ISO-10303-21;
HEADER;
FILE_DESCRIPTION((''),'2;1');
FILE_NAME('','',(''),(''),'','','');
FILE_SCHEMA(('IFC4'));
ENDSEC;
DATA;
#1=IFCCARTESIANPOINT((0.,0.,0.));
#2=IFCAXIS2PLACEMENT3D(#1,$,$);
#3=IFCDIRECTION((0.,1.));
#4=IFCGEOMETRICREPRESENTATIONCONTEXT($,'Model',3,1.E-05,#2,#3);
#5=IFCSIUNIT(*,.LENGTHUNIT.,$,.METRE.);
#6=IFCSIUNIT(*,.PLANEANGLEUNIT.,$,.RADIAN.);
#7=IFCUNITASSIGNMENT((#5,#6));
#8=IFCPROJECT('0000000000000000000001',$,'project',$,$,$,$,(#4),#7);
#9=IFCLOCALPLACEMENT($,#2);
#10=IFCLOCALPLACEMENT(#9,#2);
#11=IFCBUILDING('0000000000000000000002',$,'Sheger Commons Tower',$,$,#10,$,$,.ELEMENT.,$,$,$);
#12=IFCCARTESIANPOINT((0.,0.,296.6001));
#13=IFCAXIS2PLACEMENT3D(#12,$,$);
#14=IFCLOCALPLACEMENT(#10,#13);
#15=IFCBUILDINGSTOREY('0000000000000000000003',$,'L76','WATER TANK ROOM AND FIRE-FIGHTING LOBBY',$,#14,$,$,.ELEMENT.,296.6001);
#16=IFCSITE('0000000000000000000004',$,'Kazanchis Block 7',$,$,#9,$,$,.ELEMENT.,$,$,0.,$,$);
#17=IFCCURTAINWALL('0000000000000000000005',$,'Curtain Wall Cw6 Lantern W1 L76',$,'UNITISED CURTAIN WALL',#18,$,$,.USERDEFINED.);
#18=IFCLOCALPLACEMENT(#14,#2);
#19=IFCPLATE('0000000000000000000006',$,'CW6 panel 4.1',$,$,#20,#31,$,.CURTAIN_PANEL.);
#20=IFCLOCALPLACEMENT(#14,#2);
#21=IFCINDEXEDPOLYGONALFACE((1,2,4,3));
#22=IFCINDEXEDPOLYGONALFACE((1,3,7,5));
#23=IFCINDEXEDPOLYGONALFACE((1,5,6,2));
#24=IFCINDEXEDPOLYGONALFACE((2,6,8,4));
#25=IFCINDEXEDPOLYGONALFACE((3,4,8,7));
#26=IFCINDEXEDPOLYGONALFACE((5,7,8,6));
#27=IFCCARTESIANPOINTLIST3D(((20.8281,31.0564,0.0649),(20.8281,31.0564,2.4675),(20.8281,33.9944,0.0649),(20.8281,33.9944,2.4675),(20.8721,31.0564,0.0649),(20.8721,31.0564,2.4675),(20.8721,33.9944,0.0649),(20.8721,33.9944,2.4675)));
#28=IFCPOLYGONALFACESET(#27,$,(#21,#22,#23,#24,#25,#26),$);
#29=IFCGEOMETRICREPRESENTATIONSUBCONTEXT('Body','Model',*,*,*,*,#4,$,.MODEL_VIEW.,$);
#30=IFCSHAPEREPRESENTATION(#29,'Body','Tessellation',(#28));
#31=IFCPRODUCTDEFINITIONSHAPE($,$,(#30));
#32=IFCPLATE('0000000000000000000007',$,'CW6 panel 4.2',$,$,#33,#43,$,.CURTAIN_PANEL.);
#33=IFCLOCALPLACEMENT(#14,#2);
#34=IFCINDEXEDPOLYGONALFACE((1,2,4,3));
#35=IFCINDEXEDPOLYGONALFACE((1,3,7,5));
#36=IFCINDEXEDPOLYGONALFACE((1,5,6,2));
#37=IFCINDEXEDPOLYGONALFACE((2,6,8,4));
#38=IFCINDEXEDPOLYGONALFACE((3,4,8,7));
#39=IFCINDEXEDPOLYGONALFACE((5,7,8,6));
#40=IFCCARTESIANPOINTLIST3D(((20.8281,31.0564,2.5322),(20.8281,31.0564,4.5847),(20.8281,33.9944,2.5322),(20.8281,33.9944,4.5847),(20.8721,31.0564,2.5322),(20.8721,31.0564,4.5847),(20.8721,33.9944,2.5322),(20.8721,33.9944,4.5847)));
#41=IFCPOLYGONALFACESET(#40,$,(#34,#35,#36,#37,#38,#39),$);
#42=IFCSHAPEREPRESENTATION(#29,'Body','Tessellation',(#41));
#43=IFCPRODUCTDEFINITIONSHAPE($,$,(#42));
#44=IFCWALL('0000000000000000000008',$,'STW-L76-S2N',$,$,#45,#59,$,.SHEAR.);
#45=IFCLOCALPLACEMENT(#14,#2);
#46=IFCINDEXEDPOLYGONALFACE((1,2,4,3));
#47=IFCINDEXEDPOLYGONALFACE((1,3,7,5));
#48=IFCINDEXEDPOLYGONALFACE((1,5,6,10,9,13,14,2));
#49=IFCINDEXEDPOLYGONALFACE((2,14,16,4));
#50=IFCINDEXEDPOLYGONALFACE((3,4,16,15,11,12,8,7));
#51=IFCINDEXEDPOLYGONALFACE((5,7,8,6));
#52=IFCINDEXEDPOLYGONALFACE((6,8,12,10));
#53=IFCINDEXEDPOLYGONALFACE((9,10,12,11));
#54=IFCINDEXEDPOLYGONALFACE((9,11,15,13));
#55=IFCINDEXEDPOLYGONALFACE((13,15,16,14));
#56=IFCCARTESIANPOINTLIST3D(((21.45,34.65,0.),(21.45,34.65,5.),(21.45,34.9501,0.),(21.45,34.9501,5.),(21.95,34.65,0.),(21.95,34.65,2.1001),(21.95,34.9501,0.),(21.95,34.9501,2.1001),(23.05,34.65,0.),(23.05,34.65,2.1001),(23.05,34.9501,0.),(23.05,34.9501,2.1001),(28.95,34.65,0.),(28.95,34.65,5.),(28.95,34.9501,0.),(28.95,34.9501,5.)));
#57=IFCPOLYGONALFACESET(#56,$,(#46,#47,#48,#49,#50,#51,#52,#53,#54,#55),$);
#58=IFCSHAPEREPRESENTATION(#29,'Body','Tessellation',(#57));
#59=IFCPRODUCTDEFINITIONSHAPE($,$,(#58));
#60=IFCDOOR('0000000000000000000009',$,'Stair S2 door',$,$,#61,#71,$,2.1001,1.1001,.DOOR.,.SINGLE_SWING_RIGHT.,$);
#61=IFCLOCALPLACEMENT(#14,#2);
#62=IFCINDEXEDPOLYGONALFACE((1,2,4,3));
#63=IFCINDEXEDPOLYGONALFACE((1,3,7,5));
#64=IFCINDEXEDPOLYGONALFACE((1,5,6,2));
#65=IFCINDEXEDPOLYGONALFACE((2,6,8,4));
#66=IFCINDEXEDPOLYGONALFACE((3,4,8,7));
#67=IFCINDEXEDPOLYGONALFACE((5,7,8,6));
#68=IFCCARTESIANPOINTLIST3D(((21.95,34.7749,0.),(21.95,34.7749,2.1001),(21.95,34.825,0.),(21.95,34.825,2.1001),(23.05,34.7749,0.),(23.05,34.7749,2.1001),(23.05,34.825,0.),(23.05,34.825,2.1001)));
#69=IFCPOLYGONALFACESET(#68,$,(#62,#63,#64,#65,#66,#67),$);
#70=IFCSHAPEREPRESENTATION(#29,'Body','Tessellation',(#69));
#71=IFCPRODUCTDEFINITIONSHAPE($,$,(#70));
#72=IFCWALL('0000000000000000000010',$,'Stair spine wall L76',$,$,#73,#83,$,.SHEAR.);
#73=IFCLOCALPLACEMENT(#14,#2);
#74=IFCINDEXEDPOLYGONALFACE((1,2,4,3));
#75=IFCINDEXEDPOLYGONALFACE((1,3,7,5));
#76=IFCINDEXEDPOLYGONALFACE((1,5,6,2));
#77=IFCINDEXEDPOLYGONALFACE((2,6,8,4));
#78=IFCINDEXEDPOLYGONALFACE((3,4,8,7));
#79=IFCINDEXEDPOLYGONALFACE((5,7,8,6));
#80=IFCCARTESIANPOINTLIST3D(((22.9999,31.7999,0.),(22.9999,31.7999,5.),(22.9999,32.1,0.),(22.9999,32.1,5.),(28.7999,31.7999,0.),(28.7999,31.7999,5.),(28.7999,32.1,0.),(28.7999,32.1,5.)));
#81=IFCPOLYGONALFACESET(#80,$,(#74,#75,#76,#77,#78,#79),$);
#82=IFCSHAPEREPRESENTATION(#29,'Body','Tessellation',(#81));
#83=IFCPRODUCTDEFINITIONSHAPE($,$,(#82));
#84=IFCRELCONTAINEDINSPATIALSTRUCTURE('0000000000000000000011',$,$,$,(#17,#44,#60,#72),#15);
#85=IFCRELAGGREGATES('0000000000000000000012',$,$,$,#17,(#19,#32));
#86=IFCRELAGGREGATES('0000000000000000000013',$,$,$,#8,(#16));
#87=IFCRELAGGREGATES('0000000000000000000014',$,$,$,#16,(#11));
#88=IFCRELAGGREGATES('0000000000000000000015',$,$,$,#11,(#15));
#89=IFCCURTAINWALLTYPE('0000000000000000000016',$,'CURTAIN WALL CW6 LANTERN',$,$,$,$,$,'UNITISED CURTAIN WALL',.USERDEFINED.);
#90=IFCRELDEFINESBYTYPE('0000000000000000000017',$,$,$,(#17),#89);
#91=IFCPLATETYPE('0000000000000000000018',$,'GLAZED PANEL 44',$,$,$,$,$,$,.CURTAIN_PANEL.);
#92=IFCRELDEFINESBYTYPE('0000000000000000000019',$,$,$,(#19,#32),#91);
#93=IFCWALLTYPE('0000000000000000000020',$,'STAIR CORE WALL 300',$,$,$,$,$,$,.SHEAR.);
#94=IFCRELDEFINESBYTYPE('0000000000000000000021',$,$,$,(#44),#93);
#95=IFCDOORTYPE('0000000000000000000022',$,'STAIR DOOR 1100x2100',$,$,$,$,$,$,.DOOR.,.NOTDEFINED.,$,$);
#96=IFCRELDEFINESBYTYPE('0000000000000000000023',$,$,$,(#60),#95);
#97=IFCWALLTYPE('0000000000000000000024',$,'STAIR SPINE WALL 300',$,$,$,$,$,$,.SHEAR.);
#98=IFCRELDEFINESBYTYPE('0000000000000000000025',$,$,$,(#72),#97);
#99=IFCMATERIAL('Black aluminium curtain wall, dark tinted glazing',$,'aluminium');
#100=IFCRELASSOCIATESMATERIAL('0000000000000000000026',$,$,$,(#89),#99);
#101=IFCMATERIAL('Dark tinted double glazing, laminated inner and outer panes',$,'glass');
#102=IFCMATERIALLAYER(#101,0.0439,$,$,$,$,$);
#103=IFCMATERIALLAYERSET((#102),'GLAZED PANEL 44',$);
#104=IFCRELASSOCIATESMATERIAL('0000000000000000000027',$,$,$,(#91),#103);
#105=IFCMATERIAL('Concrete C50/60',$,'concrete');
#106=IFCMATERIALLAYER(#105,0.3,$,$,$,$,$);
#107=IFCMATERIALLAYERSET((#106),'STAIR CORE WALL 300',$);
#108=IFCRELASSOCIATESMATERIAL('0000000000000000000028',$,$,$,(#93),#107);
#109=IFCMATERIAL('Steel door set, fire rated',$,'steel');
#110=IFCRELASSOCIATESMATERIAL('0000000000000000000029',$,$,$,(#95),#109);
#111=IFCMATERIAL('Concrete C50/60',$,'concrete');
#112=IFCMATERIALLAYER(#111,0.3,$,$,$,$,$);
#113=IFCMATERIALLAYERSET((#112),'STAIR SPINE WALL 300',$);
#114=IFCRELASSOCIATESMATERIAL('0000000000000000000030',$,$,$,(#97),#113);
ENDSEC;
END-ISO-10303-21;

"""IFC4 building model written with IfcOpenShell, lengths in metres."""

from ifc_helpers import new_model, si_unit, direction, frame, frame_2d, origin, origin_2d, place, context, subcontext, project, spatial, rectangle, extrude, material, layer, layer_set, type_object, element, fill, aggregate, save


model = new_model("IFC4")

# Units and contexts
model_context = context("Model", 3, precision=1e-05, world=origin(), true_north=direction((0.0, 1.0)))
body_context = subcontext(model_context, "Body", "Model", "MODEL_VIEW")
ifc_project = project(units=[si_unit("LENGTHUNIT", "METRE"), si_unit("PLANEANGLEUNIT", "RADIAN")], contexts=[model_context])

# Site, building, storey
site_placement = place(None, origin())
site = spatial("IfcSite", under=ifc_project, at=site_placement, Name="Kazanchis Block 7", CompositionType="ELEMENT", RefElevation=0.0)
building_placement = place(site_placement, origin())
building = spatial("IfcBuilding", under=site, at=building_placement, Name="Sheger Commons Tower", CompositionType="ELEMENT")
storey_placement = place(building_placement, frame((0.0, 0.0, 296.6001)))
storey = spatial("IfcBuildingStorey", under=building, at=storey_placement, Name="L76", Description="WATER TANK ROOM AND FIRE-FIGHTING LOBBY", CompositionType="ELEMENT", Elevation=296.6001)

# Curtain wall, plates
ifc_material_1 = material(Name="Black aluminium curtain wall, dark tinted glazing", Category="aluminium")
curtain_wall_type = type_object("IfcCurtainWallType", Name="CURTAIN WALL CW6 LANTERN", ElementType="UNITISED CURTAIN WALL", PredefinedType="USERDEFINED", material=ifc_material_1)
curtain_wall_placement = place(storey_placement, origin())
curtain_wall = element("IfcCurtainWall", 1, at=curtain_wall_placement, inside=storey, type_object=curtain_wall_type, Name="Curtain Wall Cw6 Lantern W1 L76", ObjectType="UNITISED CURTAIN WALL", PredefinedType="USERDEFINED")
ifc_material_2 = material(Name="Dark tinted double glazing, laminated inner and outer panes", Category="glass")
ifc_layer_1 = layer(ifc_material_2, 0.0439)
ifc_layer_set_1 = layer_set([ifc_layer_1], Name="GLAZED PANEL 44")
plate_type = type_object("IfcPlateType", Name="GLAZED PANEL 44", PredefinedType="CURTAIN_PANEL", material=ifc_layer_set_1)
plate_1_placement = place(storey_placement, frame((20.8501, 32.5254, 0.0649), z_axis=(0.0, 0.0, 1.0), x_axis=(0.0, -1.0, 0.0)))
plate_1 = element("IfcPlate", 2, at=plate_1_placement, type_object=plate_type, Name="CW6 panel 4.1", PredefinedType="CURTAIN_PANEL", context=body_context, shape_type="SweptSolid", body=[
    extrude(rectangle(XDim=2.938, YDim=0.0439, at=origin_2d()), origin(), (0.0, 0.0, 1.0), 2.4026),
])
plate_2_placement = place(storey_placement, frame((20.8501, 32.5254, 2.5322), z_axis=(0.0, 0.0, 1.0), x_axis=(0.0, -1.0, 0.0)))
plate_2 = element("IfcPlate", 3, at=plate_2_placement, type_object=plate_type, Name="CW6 panel 4.2", PredefinedType="CURTAIN_PANEL", context=body_context, shape_type="SweptSolid", body=[
    extrude(rectangle(XDim=2.938, YDim=0.0439, at=origin_2d()), origin(), (0.0, 0.0, 1.0), 2.0525),
])
aggregate(curtain_wall, [plate_1, plate_2])

# Wall, opening, door
ifc_material_3 = material(Name="Concrete C50/60", Category="concrete")
ifc_layer_2 = layer(ifc_material_3, 0.3)
ifc_layer_set_2 = layer_set([ifc_layer_2], Name="STAIR CORE WALL 300")
wall_type_1 = type_object("IfcWallType", Name="STAIR CORE WALL 300", PredefinedType="SHEAR", material=ifc_layer_set_2)
wall_1_placement = place(storey_placement, frame((21.45, 34.8, 0.0), z_axis=(0.0, 0.0, 1.0), x_axis=(1.0, 0.0, 0.0)))
wall_1 = element("IfcWall", 4, at=wall_1_placement, inside=storey, type_object=wall_type_1, Name="STW-L76-S2N", PredefinedType="SHEAR", context=body_context, shape_type="SweptSolid", body=[
    extrude(rectangle(XDim=7.5, YDim=0.3, at=frame_2d((3.75, 0.0))), origin(), (0.0, 0.0, 1.0), 5.0),
])
opening_placement = place(wall_1_placement, frame((0.5, 0.0, 0.0)))
opening = element("IfcOpeningElement", 5, at=opening_placement, cuts=wall_1, PredefinedType="OPENING", context=body_context, shape_type="SweptSolid", body=[
    extrude(rectangle(XDim=1.1001, YDim=2.1001, at=frame_2d((0.55, 1.05))), frame((0.0, 0.1599, 0.0), z_axis=(0.0, -1.0, 0.0), x_axis=(1.0, 0.0, 0.0)), (0.0, 0.0, 1.0), 0.3201),
])
ifc_material_4 = material(Name="Steel door set, fire rated", Category="steel")
door_type = type_object("IfcDoorType", Name="STAIR DOOR 1100x2100", OperationType="NOTDEFINED", PredefinedType="DOOR", material=ifc_material_4)
door_placement = place(opening_placement, origin())
door = element("IfcDoor", 6, at=door_placement, inside=storey, type_object=door_type, Name="Stair S2 door", OperationType="SINGLE_SWING_RIGHT", OverallHeight=2.1001, OverallWidth=1.1001, PredefinedType="DOOR", context=body_context, shape_type="SweptSolid", body=[
    extrude(rectangle(XDim=1.1001, YDim=2.1001, at=frame_2d((0.55, 1.05))), frame((0.0, 0.0249, 0.0), z_axis=(0.0, -1.0, 0.0), x_axis=(1.0, 0.0, 0.0)), (0.0, 0.0, 1.0), 0.05),
])
fill(opening, door)

# Wall
ifc_material_5 = material(Name="Concrete C50/60", Category="concrete")
ifc_layer_3 = layer(ifc_material_5, 0.3)
ifc_layer_set_3 = layer_set([ifc_layer_3], Name="STAIR SPINE WALL 300")
wall_type_2 = type_object("IfcWallType", Name="STAIR SPINE WALL 300", PredefinedType="SHEAR", material=ifc_layer_set_3)
wall_2_placement = place(storey_placement, frame((23.0, 31.95, 0.0), z_axis=(0.0, 0.0, 1.0), x_axis=(1.0, 0.0, 0.0)))
element("IfcWall", 7, at=wall_2_placement, inside=storey, type_object=wall_type_2, Name="Stair spine wall L76", PredefinedType="SHEAR", context=body_context, shape_type="SweptSolid", body=[
    extrude(rectangle(XDim=5.8, YDim=0.3, at=frame_2d((2.8999, 0.0))), origin(), (0.0, 0.0, 1.0), 5.0),
])

save(model, "model.ifc")
